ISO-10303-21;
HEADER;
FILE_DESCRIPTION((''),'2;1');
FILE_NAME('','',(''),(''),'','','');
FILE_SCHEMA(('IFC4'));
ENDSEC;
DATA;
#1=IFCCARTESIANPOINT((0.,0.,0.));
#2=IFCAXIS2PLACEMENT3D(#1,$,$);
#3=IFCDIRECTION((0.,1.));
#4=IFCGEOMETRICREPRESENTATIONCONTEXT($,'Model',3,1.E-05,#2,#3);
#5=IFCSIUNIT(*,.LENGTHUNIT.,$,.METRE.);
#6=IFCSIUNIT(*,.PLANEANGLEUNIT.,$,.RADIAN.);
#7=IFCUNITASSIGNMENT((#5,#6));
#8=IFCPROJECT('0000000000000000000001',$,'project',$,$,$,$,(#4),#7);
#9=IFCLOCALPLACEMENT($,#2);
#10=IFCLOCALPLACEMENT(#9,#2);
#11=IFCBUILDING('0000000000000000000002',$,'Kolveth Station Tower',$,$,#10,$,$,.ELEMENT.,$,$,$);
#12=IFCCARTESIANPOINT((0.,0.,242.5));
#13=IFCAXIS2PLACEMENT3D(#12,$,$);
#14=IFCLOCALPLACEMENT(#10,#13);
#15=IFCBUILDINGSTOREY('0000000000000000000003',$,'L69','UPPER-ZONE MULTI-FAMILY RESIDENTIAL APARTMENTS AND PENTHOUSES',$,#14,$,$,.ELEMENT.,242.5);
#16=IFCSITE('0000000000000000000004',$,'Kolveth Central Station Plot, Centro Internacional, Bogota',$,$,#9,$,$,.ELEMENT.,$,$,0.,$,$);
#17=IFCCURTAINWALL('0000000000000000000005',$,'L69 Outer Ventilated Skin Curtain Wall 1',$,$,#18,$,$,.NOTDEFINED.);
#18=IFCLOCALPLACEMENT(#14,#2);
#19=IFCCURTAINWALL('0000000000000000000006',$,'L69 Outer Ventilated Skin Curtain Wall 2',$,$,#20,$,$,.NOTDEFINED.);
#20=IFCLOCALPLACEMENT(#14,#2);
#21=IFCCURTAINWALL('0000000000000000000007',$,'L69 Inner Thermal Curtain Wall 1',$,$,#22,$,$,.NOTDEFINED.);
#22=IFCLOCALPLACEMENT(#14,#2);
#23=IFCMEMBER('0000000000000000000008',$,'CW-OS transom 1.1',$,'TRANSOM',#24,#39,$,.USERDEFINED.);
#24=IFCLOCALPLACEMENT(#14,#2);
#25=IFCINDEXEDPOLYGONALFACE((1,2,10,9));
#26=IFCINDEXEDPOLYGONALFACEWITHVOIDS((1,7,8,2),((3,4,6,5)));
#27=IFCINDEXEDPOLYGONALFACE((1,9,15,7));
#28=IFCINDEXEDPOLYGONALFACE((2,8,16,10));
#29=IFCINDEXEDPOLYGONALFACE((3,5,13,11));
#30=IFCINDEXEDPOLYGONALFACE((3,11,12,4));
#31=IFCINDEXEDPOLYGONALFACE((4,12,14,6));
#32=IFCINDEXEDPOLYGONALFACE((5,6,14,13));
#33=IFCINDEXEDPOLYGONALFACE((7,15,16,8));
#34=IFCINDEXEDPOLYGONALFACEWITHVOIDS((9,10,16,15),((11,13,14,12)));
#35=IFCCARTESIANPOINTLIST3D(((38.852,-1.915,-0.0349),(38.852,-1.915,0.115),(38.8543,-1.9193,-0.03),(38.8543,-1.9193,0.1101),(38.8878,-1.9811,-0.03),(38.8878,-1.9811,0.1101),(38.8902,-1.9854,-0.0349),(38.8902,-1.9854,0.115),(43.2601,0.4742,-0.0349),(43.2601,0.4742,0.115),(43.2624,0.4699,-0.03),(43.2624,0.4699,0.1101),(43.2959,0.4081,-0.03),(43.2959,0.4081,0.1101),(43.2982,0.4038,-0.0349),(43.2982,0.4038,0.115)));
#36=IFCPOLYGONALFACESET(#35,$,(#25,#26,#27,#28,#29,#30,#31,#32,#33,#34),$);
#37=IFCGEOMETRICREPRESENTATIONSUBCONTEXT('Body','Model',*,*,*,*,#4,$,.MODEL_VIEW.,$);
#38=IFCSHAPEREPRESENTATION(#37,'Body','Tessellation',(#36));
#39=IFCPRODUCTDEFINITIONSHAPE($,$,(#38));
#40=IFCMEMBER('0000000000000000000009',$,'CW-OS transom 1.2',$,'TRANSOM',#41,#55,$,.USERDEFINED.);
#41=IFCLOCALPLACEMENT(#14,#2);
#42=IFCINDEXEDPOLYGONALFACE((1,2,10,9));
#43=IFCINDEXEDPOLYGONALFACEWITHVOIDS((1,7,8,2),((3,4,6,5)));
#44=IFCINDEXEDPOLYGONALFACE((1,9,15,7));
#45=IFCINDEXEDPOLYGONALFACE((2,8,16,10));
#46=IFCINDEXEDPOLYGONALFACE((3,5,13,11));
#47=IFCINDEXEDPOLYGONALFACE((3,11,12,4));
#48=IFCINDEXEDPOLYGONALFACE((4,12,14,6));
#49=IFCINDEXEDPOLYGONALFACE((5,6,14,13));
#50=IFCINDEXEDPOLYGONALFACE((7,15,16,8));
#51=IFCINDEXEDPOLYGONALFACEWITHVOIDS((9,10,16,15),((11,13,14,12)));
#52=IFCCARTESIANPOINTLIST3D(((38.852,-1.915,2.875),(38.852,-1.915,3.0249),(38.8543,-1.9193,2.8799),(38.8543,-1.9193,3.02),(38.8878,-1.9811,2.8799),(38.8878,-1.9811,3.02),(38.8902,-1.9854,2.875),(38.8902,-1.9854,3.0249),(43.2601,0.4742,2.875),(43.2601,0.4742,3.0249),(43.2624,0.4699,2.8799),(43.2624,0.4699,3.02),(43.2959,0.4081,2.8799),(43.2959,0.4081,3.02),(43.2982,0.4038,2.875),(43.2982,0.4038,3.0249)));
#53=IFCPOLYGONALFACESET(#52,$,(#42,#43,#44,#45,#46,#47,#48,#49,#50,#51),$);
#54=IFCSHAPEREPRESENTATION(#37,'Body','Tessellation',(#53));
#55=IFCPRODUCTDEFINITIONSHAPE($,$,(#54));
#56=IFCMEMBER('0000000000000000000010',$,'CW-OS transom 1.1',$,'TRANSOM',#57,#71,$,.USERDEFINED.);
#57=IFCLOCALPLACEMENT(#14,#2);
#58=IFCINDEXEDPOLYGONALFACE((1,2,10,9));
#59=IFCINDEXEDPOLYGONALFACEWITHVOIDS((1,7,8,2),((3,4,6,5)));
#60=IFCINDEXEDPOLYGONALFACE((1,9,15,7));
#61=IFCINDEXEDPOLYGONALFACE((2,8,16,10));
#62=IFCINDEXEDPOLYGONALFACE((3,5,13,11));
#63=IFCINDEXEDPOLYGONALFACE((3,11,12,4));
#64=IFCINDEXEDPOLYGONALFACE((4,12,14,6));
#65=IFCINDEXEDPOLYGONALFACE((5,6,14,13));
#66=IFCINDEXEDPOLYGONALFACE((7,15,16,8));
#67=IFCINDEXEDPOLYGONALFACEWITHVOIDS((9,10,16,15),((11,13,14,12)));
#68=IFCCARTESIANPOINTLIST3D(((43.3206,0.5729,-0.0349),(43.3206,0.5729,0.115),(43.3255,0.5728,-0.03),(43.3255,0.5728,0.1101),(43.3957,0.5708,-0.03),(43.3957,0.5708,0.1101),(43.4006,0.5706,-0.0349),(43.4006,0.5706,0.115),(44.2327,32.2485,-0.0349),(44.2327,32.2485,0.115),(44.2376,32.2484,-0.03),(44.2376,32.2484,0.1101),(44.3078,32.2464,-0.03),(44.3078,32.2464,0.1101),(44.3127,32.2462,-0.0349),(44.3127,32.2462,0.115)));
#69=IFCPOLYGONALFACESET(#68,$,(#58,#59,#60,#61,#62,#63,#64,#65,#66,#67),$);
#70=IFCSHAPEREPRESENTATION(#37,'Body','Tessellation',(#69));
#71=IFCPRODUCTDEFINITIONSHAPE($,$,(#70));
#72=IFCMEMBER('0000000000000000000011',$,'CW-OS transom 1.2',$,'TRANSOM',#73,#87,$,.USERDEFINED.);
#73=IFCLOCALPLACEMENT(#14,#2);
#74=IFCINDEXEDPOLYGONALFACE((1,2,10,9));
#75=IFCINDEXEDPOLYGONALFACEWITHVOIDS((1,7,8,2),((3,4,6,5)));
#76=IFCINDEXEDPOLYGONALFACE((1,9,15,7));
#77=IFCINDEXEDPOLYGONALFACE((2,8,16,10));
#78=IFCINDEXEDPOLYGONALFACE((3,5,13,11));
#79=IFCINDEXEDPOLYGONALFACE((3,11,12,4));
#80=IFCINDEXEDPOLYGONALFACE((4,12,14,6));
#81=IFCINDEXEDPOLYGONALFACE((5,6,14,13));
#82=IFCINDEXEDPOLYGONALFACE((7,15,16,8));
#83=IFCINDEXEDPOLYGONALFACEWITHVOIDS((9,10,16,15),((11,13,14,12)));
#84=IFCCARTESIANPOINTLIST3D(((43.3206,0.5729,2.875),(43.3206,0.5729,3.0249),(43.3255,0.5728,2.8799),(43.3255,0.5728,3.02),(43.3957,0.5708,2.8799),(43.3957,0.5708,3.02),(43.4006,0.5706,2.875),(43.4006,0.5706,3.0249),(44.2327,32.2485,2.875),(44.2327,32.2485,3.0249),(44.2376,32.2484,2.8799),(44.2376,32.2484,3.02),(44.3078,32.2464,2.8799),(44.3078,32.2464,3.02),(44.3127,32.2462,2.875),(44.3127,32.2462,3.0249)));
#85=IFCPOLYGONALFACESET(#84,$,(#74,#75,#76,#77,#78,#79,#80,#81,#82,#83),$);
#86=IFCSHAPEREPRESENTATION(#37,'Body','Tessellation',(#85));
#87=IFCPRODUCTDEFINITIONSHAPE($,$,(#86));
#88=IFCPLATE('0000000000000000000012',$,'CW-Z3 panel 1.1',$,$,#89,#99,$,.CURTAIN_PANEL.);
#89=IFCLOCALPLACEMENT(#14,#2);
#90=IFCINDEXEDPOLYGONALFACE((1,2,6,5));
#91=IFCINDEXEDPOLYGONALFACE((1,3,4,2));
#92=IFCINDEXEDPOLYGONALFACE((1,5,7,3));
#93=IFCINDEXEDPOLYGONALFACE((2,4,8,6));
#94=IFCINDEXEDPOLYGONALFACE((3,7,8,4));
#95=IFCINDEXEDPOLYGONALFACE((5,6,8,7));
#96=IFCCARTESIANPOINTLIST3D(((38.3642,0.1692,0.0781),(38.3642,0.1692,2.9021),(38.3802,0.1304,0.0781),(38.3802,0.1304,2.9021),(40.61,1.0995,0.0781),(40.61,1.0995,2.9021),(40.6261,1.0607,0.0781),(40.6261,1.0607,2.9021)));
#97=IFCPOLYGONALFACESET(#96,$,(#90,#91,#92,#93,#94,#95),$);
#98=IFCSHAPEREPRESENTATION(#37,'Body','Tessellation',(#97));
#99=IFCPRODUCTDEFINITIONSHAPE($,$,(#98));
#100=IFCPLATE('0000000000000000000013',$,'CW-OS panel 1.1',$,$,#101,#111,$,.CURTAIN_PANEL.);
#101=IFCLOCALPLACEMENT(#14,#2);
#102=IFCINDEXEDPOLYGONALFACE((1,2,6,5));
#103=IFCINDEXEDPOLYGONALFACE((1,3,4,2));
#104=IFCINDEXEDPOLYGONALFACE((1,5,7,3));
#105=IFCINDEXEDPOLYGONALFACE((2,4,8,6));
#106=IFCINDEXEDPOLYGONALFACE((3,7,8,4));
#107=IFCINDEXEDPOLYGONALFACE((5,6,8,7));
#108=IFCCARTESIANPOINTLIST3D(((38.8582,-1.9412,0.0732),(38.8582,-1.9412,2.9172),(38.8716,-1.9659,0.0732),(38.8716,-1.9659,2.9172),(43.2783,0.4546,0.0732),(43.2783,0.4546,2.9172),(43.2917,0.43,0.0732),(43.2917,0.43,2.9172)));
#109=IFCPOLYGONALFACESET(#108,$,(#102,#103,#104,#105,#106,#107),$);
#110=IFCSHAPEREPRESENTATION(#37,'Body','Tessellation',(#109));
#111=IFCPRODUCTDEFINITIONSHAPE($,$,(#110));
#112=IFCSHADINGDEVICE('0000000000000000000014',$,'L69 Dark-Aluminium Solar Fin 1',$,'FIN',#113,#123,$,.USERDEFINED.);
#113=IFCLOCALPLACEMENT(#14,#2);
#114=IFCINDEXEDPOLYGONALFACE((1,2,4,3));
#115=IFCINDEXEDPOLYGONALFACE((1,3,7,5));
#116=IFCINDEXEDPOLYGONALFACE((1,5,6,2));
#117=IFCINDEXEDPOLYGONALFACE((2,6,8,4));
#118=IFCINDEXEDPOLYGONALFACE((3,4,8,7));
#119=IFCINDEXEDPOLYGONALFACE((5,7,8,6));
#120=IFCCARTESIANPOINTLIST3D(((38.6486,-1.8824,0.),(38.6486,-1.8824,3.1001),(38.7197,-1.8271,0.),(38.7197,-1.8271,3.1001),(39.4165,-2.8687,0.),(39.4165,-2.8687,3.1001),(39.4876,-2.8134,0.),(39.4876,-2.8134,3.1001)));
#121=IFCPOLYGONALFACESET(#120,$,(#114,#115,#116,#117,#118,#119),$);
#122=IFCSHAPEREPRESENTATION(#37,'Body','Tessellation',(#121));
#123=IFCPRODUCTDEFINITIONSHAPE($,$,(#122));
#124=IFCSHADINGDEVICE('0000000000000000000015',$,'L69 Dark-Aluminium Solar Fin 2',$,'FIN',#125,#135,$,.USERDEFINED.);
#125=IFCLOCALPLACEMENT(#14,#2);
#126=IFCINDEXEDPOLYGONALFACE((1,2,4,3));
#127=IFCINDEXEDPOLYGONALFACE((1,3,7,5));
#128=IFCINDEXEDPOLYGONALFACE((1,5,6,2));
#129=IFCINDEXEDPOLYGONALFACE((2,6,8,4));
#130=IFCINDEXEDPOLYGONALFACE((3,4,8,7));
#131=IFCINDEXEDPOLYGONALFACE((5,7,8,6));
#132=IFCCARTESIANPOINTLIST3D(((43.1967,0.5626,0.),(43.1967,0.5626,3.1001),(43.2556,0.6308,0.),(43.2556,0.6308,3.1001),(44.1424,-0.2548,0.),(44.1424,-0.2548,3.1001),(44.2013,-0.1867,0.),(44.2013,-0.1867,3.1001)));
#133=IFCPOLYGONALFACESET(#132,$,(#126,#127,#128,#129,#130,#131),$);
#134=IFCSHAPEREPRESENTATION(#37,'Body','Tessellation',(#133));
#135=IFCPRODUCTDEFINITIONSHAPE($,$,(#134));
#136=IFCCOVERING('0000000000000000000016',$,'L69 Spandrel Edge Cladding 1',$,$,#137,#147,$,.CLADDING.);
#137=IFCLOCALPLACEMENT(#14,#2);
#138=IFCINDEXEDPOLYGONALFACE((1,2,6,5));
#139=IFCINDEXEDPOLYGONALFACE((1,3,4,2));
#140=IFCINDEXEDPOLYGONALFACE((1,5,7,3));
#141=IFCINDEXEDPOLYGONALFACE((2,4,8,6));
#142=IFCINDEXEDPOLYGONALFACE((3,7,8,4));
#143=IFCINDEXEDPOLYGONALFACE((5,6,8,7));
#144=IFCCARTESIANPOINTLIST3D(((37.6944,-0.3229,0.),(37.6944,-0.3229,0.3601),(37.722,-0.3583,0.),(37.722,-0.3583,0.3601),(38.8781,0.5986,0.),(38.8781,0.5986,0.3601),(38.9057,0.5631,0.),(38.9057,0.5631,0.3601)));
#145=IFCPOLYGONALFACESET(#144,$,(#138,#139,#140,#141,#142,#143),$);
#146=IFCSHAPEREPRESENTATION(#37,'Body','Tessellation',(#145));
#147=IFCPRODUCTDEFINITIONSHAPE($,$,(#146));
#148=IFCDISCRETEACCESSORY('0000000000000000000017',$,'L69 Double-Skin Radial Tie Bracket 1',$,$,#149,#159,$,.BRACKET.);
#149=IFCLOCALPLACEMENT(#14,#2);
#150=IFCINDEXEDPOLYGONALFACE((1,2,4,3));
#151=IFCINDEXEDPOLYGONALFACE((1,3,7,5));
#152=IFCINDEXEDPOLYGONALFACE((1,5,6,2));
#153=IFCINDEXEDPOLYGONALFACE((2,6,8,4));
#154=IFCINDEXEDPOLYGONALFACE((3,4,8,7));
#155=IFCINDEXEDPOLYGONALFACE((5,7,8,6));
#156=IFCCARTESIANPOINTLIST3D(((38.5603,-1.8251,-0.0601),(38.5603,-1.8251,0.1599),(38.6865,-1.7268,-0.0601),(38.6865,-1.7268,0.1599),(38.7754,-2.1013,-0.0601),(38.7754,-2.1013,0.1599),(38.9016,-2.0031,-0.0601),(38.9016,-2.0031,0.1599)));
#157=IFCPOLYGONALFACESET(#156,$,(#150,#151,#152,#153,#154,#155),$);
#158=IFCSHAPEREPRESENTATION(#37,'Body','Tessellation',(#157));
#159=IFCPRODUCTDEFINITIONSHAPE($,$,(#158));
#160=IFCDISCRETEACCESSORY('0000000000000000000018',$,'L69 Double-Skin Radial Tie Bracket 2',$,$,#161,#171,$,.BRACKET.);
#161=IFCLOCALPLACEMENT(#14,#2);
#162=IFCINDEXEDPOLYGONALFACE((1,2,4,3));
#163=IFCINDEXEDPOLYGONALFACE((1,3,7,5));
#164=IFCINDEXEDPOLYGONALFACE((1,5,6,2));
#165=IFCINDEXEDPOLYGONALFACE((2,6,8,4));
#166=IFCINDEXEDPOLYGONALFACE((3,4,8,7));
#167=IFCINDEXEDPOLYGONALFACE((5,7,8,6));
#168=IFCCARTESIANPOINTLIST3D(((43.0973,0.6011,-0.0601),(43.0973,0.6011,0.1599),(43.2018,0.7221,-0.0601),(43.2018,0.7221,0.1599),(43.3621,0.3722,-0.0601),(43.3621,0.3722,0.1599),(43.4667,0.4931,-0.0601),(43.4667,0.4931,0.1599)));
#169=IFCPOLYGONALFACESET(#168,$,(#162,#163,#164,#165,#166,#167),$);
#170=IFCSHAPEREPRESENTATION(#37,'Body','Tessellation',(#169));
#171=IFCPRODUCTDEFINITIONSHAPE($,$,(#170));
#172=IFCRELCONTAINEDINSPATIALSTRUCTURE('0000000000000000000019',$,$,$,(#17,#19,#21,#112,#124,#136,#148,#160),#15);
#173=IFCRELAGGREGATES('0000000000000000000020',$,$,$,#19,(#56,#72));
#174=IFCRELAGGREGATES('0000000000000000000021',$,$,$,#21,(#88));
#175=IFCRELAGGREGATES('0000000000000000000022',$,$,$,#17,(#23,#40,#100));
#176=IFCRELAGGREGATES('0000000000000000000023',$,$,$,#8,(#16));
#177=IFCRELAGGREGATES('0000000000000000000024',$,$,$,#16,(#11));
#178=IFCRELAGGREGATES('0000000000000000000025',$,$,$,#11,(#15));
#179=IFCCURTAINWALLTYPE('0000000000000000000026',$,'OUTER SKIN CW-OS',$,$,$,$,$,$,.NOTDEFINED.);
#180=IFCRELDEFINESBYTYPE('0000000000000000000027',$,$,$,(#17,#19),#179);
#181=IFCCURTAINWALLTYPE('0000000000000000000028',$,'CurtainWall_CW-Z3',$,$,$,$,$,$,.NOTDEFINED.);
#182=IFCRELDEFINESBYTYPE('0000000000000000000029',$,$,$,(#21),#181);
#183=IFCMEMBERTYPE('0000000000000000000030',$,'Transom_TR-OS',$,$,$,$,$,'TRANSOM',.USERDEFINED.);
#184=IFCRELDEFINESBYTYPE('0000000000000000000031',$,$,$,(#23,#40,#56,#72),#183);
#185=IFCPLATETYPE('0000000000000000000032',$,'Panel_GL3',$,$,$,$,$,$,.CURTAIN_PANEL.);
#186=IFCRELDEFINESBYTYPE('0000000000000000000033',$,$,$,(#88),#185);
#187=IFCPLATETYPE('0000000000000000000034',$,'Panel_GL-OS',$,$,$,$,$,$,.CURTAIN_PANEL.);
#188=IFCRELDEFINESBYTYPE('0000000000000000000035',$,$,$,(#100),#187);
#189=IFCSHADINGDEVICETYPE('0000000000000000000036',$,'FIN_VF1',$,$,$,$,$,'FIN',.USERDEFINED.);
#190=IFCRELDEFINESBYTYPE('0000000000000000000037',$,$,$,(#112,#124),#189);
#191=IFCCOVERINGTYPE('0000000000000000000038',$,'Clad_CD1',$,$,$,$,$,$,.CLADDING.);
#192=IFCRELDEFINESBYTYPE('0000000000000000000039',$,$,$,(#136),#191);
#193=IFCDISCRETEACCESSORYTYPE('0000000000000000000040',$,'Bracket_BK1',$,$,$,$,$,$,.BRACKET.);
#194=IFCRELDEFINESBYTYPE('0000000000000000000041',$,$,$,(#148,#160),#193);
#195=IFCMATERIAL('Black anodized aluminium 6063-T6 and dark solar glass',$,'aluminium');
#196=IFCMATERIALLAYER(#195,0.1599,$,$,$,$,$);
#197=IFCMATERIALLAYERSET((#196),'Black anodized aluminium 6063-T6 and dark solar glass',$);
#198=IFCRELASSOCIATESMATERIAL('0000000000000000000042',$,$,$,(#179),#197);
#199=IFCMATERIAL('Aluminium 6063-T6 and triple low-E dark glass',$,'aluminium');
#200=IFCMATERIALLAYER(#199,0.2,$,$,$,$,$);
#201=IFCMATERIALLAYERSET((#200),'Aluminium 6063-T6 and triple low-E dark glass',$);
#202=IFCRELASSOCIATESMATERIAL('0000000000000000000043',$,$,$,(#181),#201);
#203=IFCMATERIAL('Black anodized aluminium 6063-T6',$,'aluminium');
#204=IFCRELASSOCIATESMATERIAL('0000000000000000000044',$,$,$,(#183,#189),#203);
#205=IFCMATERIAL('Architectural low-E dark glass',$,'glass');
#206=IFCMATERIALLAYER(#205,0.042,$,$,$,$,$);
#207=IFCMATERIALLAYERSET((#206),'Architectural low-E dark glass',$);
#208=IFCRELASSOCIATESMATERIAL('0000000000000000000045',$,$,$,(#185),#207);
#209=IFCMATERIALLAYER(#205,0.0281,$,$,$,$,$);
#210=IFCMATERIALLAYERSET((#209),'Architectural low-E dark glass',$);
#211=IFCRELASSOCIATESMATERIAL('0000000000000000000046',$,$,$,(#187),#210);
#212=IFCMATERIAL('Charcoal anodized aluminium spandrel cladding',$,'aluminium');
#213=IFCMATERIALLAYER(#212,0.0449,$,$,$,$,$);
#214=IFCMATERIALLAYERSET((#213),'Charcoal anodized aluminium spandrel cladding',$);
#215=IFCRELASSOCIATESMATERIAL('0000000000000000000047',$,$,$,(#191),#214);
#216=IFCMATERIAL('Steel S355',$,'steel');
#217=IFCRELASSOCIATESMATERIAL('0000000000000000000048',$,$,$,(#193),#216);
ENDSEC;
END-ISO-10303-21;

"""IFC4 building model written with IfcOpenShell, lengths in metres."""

from ifc_helpers import new_model, si_unit, direction, frame, origin, origin_2d, place, context, subcontext, project, spatial, rectangle, hollow_rectangle, extrude, source, transform, mapped, material, layer, layer_set, material_profile, profile_set, type_object, element, aggregate, save


model = new_model("IFC4")

# Units and contexts
model_context = context("Model", 3, precision=1e-05, world=origin(), true_north=direction((0.0, 1.0)))
body_context = subcontext(model_context, "Body", "Model", "MODEL_VIEW")
ifc_project = project(units=[si_unit("LENGTHUNIT", "METRE"), si_unit("PLANEANGLEUNIT", "RADIAN")], contexts=[model_context])

# Site, building, storey
site_placement = place(None, origin())
site = spatial("IfcSite", under=ifc_project, at=site_placement, Name="Kolveth Central Station Plot, Centro Internacional, Bogota", CompositionType="ELEMENT", RefElevation=0.0)
building_placement = place(site_placement, origin())
building = spatial("IfcBuilding", under=site, at=building_placement, Name="Kolveth Station Tower", CompositionType="ELEMENT")
storey_placement = place(building_placement, frame((0.0, 0.0, 242.5)))
storey = spatial("IfcBuildingStorey", under=building, at=storey_placement, Name="L69", Description="UPPER-ZONE MULTI-FAMILY RESIDENTIAL APARTMENTS AND PENTHOUSES", CompositionType="ELEMENT", Elevation=242.5)

# Curtain wall
ifc_material_1 = material(Name="Black anodized aluminium 6063-T6 and dark solar glass", Category="aluminium")
ifc_layer_1 = layer(ifc_material_1, 0.1599)
ifc_layer_set_1 = layer_set([ifc_layer_1], Name="Black anodized aluminium 6063-T6 and dark solar glass")
curtain_wall_type_1 = type_object("IfcCurtainWallType", Name="OUTER SKIN CW-OS", PredefinedType="NOTDEFINED", material=ifc_layer_set_1)
curtain_wall_1_placement = place(storey_placement, origin())
curtain_wall_1 = element("IfcCurtainWall", 1, at=curtain_wall_1_placement, inside=storey, type_object=curtain_wall_type_1, Name="L69 Outer Ventilated Skin Curtain Wall 1", PredefinedType="NOTDEFINED")
ifc_material_2 = material(Name="Black anodized aluminium 6063-T6", Category="aluminium")

# Curtain wall
curtain_wall_2_placement = place(storey_placement, origin())
curtain_wall_2 = element("IfcCurtainWall", 2, at=curtain_wall_2_placement, inside=storey, type_object=curtain_wall_type_1, Name="L69 Outer Ventilated Skin Curtain Wall 2", PredefinedType="NOTDEFINED")

# Curtain wall
ifc_material_3 = material(Name="Aluminium 6063-T6 and triple low-E dark glass", Category="aluminium")
ifc_layer_2 = layer(ifc_material_3, 0.2)
ifc_layer_set_2 = layer_set([ifc_layer_2], Name="Aluminium 6063-T6 and triple low-E dark glass")
curtain_wall_type_2 = type_object("IfcCurtainWallType", Name="CurtainWall_CW-Z3", PredefinedType="NOTDEFINED", material=ifc_layer_set_2)
curtain_wall_3_placement = place(storey_placement, origin())
curtain_wall_3 = element("IfcCurtainWall", 3, at=curtain_wall_3_placement, inside=storey, type_object=curtain_wall_type_2, Name="L69 Inner Thermal Curtain Wall 1", PredefinedType="NOTDEFINED")

# Members
ifc_material_profile_1 = material_profile(ifc_material_2, hollow_rectangle(XDim=0.0801, YDim=0.1499, WallThickness=0.0049, at=origin_2d()), Name="ALU-80x150x5")
ifc_profile_set_1 = profile_set([ifc_material_profile_1], Name="Black anodized aluminium 6063-T6")
member_type_1 = type_object("IfcMemberType", Name="Transom_TR-OS", ElementType="TRANSOM", PredefinedType="USERDEFINED", material=ifc_profile_set_1)
shared_shape_1 = source(origin(), body_context, "Body", "SweptSolid", [
    extrude(hollow_rectangle(XDim=0.0801, YDim=0.1499, WallThickness=0.0049, at=origin_2d()), origin(), (0.0, 0.0, 1.0), 5.0139),
])
member_1_placement = place(storey_placement, frame((38.8711, -1.9502, 0.04), z_axis=(0.879165, 0.476517, 0.0), x_axis=(-0.476517, 0.879165, 0.0)))
member_1 = element("IfcMember", 4, at=member_1_placement, type_object=member_type_1, Name="CW-OS transom 1.1", ObjectType="TRANSOM", PredefinedType="USERDEFINED", context=body_context, shape_type="MappedRepresentation", body=[
    mapped(shared_shape_1, transform((0.0, 0.0, 0.0), x_axis=(1.0, 0.0, 0.0), y_axis=(0.0, 1.0, 0.0), z_axis=(0.0, 0.0, 1.0), scale=1.0)),
])
member_2_placement = place(storey_placement, frame((38.8711, -1.9502, 2.95), z_axis=(0.879165, 0.476517, 0.0), x_axis=(-0.476517, 0.879165, 0.0)))
member_2 = element("IfcMember", 5, at=member_2_placement, type_object=member_type_1, Name="CW-OS transom 1.2", ObjectType="TRANSOM", PredefinedType="USERDEFINED", context=body_context, shape_type="MappedRepresentation", body=[
    mapped(shared_shape_1, transform((0.0, 0.0, 0.0), x_axis=(1.0, 0.0, 0.0), y_axis=(0.0, 1.0, 0.0), z_axis=(0.0, 0.0, 1.0), scale=1.0)),
])
shared_shape_2 = source(origin(), body_context, "Body", "SweptSolid", [
    extrude(hollow_rectangle(XDim=0.0801, YDim=0.1499, WallThickness=0.0049, at=origin_2d()), origin(), (0.0, 0.0, 1.0), 31.6887),
])
member_3_placement = place(storey_placement, frame((43.3606, 0.5718, 0.04), z_axis=(0.028783, 0.999586, 0.0), x_axis=(-0.999586, 0.028783, 0.0)))
member_3 = element("IfcMember", 6, at=member_3_placement, type_object=member_type_1, Name="CW-OS transom 1.1", ObjectType="TRANSOM", PredefinedType="USERDEFINED", context=body_context, shape_type="MappedRepresentation", body=[
    mapped(shared_shape_2, transform((0.0, 0.0, 0.0), x_axis=(1.0, 0.0, 0.0), y_axis=(0.0, 1.0, 0.0), z_axis=(0.0, 0.0, 1.0), scale=1.0)),
])
member_4_placement = place(storey_placement, frame((43.3606, 0.5718, 2.95), z_axis=(0.028783, 0.999586, 0.0), x_axis=(-0.999586, 0.028783, 0.0)))
member_4 = element("IfcMember", 7, at=member_4_placement, type_object=member_type_1, Name="CW-OS transom 1.2", ObjectType="TRANSOM", PredefinedType="USERDEFINED", context=body_context, shape_type="MappedRepresentation", body=[
    mapped(shared_shape_2, transform((0.0, 0.0, 0.0), x_axis=(1.0, 0.0, 0.0), y_axis=(0.0, 1.0, 0.0), z_axis=(0.0, 0.0, 1.0), scale=1.0)),
])
aggregate(curtain_wall_2, [member_3, member_4])

# Plates
ifc_material_4 = material(Name="Architectural low-E dark glass", Category="glass")
ifc_layer_3 = layer(ifc_material_4, 0.042)
ifc_layer_set_3 = layer_set([ifc_layer_3], Name="Architectural low-E dark glass")
plate_type_1 = type_object("IfcPlateType", Name="Panel_GL3", PredefinedType="CURTAIN_PANEL", material=ifc_layer_set_3)
shared_shape_3 = source(origin(), body_context, "Body", "SweptSolid", [
    extrude(rectangle(XDim=2.4309, YDim=0.042, at=origin_2d()), origin(), (0.0, 0.0, 1.0), 2.824),
])
plate_1_placement = place(storey_placement, frame((39.4951, 0.615, 0.0781), z_axis=(0.0, 0.0, 1.0), x_axis=(0.923875, 0.382693, 0.0)))
plate_1 = element("IfcPlate", 8, at=plate_1_placement, type_object=plate_type_1, Name="CW-Z3 panel 1.1", PredefinedType="CURTAIN_PANEL", context=body_context, shape_type="MappedRepresentation", body=[
    mapped(shared_shape_3, transform((0.0, 0.0, 0.0), x_axis=(1.0, 0.0, 0.0), y_axis=(0.0, 1.0, 0.0), z_axis=(0.0, 0.0, 1.0), scale=1.0)),
])
aggregate(curtain_wall_3, [plate_1])
ifc_layer_4 = layer(ifc_material_4, 0.0281)
ifc_layer_set_4 = layer_set([ifc_layer_4], Name="Architectural low-E dark glass")
plate_type_2 = type_object("IfcPlateType", Name="Panel_GL-OS", PredefinedType="CURTAIN_PANEL", material=ifc_layer_set_4)
shared_shape_4 = source(origin(), body_context, "Body", "SweptSolid", [
    extrude(rectangle(XDim=5.0276, YDim=0.0281, at=origin_2d()), origin(), (0.0, 0.0, 1.0), 2.844),
])
plate_2_placement = place(storey_placement, frame((41.075, -0.7556, 0.0732), z_axis=(0.0, 0.0, 1.0), x_axis=(0.879155, 0.476536, 0.0)))
plate_2 = element("IfcPlate", 9, at=plate_2_placement, type_object=plate_type_2, Name="CW-OS panel 1.1", PredefinedType="CURTAIN_PANEL", context=body_context, shape_type="MappedRepresentation", body=[
    mapped(shared_shape_4, transform((0.0, 0.0, 0.0), x_axis=(1.0, 0.0, 0.0), y_axis=(0.0, 1.0, 0.0), z_axis=(0.0, 0.0, 1.0), scale=1.0)),
])
aggregate(curtain_wall_1, [member_1, member_2, plate_2])

# Shading devices
shading_device_type = type_object("IfcShadingDeviceType", Name="FIN_VF1", ElementType="FIN", PredefinedType="USERDEFINED", material=ifc_material_2)
shared_shape_5 = source(origin(), body_context, "Body", "SweptSolid", [
    extrude(rectangle(XDim=1.25, YDim=0.0901, at=origin_2d()), origin(), (0.0, 0.0, 1.0), 3.1001),
])
for number, where, z_axis, x_axis, name in (
    (10, (39.0681, -2.3479, 0.0), (0.0, 0.0, 1.0), (0.614285, -0.789084, 0.0), "L69 Dark-Aluminium Solar Fin 1"),
    (11, (43.699, 0.188, 0.0), (0.0, 0.0, 1.0), (0.756539, -0.653949, 0.0), "L69 Dark-Aluminium Solar Fin 2"),
):
    element("IfcShadingDevice", number, at=place(storey_placement, frame(where, z_axis=z_axis, x_axis=x_axis)), inside=storey, type_object=shading_device_type, Name=name, ObjectType="FIN", PredefinedType="USERDEFINED", context=body_context, shape_type="MappedRepresentation", body=[
        mapped(shared_shape_5, transform((0.0, 0.0, 0.0), x_axis=(1.0, 0.0, 0.0), y_axis=(0.0, 1.0, 0.0), z_axis=(0.0, 0.0, 1.0), scale=1.0)),
    ])

# Covering
ifc_material_5 = material(Name="Charcoal anodized aluminium spandrel cladding", Category="aluminium")
ifc_layer_5 = layer(ifc_material_5, 0.0449)
ifc_layer_set_5 = layer_set([ifc_layer_5], Name="Charcoal anodized aluminium spandrel cladding")
covering_type = type_object("IfcCoveringType", Name="Clad_CD1", PredefinedType="CLADDING", material=ifc_layer_set_5)
shared_shape_6 = source(origin(), body_context, "Body", "SweptSolid", [
    extrude(rectangle(XDim=1.5, YDim=0.0449, at=origin_2d()), origin(), (0.0, 0.0, 1.0), 0.3601),
])
covering_placement = place(storey_placement, frame((38.3, 0.1201, 0.0), z_axis=(0.0, 0.0, 1.0), x_axis=(0.789084, 0.614285, 0.0)))
element("IfcCovering", 12, at=covering_placement, inside=storey, type_object=covering_type, Name="L69 Spandrel Edge Cladding 1", PredefinedType="CLADDING", context=body_context, shape_type="MappedRepresentation", body=[
    mapped(shared_shape_6, transform((0.0, 0.0, 0.0), x_axis=(1.0, 0.0, 0.0), y_axis=(0.0, 1.0, 0.0), z_axis=(0.0, 0.0, 1.0), scale=1.0)),
])

# Discrete accessories
ifc_material_6 = material(Name="Steel S355", Category="steel")
discrete_accessory_type = type_object("IfcDiscreteAccessoryType", Name="Bracket_BK1", PredefinedType="BRACKET", material=ifc_material_6)
shared_shape_7 = source(origin(), body_context, "Body", "SweptSolid", [
    extrude(rectangle(XDim=0.3501, YDim=0.1599, at=origin_2d()), origin(), (0.0, 0.0, 1.0), 0.22),
])
for number, where, z_axis, x_axis, name in (
    (13, (38.731, -1.9141, -0.0601), (0.0, 0.0, 1.0), (0.614285, -0.789084, 0.0), "L69 Double-Skin Radial Tie Bracket 1"),
    (14, (43.282, 0.5471, -0.0601), (0.0, 0.0, 1.0), (0.756539, -0.653949, 0.0), "L69 Double-Skin Radial Tie Bracket 2"),
):
    element("IfcDiscreteAccessory", number, at=place(storey_placement, frame(where, z_axis=z_axis, x_axis=x_axis)), inside=storey, type_object=discrete_accessory_type, Name=name, PredefinedType="BRACKET", context=body_context, shape_type="MappedRepresentation", body=[
        mapped(shared_shape_7, transform((0.0, 0.0, 0.0), x_axis=(1.0, 0.0, 0.0), y_axis=(0.0, 1.0, 0.0), z_axis=(0.0, 0.0, 1.0), scale=1.0)),
    ])

save(model, "model.ifc")
